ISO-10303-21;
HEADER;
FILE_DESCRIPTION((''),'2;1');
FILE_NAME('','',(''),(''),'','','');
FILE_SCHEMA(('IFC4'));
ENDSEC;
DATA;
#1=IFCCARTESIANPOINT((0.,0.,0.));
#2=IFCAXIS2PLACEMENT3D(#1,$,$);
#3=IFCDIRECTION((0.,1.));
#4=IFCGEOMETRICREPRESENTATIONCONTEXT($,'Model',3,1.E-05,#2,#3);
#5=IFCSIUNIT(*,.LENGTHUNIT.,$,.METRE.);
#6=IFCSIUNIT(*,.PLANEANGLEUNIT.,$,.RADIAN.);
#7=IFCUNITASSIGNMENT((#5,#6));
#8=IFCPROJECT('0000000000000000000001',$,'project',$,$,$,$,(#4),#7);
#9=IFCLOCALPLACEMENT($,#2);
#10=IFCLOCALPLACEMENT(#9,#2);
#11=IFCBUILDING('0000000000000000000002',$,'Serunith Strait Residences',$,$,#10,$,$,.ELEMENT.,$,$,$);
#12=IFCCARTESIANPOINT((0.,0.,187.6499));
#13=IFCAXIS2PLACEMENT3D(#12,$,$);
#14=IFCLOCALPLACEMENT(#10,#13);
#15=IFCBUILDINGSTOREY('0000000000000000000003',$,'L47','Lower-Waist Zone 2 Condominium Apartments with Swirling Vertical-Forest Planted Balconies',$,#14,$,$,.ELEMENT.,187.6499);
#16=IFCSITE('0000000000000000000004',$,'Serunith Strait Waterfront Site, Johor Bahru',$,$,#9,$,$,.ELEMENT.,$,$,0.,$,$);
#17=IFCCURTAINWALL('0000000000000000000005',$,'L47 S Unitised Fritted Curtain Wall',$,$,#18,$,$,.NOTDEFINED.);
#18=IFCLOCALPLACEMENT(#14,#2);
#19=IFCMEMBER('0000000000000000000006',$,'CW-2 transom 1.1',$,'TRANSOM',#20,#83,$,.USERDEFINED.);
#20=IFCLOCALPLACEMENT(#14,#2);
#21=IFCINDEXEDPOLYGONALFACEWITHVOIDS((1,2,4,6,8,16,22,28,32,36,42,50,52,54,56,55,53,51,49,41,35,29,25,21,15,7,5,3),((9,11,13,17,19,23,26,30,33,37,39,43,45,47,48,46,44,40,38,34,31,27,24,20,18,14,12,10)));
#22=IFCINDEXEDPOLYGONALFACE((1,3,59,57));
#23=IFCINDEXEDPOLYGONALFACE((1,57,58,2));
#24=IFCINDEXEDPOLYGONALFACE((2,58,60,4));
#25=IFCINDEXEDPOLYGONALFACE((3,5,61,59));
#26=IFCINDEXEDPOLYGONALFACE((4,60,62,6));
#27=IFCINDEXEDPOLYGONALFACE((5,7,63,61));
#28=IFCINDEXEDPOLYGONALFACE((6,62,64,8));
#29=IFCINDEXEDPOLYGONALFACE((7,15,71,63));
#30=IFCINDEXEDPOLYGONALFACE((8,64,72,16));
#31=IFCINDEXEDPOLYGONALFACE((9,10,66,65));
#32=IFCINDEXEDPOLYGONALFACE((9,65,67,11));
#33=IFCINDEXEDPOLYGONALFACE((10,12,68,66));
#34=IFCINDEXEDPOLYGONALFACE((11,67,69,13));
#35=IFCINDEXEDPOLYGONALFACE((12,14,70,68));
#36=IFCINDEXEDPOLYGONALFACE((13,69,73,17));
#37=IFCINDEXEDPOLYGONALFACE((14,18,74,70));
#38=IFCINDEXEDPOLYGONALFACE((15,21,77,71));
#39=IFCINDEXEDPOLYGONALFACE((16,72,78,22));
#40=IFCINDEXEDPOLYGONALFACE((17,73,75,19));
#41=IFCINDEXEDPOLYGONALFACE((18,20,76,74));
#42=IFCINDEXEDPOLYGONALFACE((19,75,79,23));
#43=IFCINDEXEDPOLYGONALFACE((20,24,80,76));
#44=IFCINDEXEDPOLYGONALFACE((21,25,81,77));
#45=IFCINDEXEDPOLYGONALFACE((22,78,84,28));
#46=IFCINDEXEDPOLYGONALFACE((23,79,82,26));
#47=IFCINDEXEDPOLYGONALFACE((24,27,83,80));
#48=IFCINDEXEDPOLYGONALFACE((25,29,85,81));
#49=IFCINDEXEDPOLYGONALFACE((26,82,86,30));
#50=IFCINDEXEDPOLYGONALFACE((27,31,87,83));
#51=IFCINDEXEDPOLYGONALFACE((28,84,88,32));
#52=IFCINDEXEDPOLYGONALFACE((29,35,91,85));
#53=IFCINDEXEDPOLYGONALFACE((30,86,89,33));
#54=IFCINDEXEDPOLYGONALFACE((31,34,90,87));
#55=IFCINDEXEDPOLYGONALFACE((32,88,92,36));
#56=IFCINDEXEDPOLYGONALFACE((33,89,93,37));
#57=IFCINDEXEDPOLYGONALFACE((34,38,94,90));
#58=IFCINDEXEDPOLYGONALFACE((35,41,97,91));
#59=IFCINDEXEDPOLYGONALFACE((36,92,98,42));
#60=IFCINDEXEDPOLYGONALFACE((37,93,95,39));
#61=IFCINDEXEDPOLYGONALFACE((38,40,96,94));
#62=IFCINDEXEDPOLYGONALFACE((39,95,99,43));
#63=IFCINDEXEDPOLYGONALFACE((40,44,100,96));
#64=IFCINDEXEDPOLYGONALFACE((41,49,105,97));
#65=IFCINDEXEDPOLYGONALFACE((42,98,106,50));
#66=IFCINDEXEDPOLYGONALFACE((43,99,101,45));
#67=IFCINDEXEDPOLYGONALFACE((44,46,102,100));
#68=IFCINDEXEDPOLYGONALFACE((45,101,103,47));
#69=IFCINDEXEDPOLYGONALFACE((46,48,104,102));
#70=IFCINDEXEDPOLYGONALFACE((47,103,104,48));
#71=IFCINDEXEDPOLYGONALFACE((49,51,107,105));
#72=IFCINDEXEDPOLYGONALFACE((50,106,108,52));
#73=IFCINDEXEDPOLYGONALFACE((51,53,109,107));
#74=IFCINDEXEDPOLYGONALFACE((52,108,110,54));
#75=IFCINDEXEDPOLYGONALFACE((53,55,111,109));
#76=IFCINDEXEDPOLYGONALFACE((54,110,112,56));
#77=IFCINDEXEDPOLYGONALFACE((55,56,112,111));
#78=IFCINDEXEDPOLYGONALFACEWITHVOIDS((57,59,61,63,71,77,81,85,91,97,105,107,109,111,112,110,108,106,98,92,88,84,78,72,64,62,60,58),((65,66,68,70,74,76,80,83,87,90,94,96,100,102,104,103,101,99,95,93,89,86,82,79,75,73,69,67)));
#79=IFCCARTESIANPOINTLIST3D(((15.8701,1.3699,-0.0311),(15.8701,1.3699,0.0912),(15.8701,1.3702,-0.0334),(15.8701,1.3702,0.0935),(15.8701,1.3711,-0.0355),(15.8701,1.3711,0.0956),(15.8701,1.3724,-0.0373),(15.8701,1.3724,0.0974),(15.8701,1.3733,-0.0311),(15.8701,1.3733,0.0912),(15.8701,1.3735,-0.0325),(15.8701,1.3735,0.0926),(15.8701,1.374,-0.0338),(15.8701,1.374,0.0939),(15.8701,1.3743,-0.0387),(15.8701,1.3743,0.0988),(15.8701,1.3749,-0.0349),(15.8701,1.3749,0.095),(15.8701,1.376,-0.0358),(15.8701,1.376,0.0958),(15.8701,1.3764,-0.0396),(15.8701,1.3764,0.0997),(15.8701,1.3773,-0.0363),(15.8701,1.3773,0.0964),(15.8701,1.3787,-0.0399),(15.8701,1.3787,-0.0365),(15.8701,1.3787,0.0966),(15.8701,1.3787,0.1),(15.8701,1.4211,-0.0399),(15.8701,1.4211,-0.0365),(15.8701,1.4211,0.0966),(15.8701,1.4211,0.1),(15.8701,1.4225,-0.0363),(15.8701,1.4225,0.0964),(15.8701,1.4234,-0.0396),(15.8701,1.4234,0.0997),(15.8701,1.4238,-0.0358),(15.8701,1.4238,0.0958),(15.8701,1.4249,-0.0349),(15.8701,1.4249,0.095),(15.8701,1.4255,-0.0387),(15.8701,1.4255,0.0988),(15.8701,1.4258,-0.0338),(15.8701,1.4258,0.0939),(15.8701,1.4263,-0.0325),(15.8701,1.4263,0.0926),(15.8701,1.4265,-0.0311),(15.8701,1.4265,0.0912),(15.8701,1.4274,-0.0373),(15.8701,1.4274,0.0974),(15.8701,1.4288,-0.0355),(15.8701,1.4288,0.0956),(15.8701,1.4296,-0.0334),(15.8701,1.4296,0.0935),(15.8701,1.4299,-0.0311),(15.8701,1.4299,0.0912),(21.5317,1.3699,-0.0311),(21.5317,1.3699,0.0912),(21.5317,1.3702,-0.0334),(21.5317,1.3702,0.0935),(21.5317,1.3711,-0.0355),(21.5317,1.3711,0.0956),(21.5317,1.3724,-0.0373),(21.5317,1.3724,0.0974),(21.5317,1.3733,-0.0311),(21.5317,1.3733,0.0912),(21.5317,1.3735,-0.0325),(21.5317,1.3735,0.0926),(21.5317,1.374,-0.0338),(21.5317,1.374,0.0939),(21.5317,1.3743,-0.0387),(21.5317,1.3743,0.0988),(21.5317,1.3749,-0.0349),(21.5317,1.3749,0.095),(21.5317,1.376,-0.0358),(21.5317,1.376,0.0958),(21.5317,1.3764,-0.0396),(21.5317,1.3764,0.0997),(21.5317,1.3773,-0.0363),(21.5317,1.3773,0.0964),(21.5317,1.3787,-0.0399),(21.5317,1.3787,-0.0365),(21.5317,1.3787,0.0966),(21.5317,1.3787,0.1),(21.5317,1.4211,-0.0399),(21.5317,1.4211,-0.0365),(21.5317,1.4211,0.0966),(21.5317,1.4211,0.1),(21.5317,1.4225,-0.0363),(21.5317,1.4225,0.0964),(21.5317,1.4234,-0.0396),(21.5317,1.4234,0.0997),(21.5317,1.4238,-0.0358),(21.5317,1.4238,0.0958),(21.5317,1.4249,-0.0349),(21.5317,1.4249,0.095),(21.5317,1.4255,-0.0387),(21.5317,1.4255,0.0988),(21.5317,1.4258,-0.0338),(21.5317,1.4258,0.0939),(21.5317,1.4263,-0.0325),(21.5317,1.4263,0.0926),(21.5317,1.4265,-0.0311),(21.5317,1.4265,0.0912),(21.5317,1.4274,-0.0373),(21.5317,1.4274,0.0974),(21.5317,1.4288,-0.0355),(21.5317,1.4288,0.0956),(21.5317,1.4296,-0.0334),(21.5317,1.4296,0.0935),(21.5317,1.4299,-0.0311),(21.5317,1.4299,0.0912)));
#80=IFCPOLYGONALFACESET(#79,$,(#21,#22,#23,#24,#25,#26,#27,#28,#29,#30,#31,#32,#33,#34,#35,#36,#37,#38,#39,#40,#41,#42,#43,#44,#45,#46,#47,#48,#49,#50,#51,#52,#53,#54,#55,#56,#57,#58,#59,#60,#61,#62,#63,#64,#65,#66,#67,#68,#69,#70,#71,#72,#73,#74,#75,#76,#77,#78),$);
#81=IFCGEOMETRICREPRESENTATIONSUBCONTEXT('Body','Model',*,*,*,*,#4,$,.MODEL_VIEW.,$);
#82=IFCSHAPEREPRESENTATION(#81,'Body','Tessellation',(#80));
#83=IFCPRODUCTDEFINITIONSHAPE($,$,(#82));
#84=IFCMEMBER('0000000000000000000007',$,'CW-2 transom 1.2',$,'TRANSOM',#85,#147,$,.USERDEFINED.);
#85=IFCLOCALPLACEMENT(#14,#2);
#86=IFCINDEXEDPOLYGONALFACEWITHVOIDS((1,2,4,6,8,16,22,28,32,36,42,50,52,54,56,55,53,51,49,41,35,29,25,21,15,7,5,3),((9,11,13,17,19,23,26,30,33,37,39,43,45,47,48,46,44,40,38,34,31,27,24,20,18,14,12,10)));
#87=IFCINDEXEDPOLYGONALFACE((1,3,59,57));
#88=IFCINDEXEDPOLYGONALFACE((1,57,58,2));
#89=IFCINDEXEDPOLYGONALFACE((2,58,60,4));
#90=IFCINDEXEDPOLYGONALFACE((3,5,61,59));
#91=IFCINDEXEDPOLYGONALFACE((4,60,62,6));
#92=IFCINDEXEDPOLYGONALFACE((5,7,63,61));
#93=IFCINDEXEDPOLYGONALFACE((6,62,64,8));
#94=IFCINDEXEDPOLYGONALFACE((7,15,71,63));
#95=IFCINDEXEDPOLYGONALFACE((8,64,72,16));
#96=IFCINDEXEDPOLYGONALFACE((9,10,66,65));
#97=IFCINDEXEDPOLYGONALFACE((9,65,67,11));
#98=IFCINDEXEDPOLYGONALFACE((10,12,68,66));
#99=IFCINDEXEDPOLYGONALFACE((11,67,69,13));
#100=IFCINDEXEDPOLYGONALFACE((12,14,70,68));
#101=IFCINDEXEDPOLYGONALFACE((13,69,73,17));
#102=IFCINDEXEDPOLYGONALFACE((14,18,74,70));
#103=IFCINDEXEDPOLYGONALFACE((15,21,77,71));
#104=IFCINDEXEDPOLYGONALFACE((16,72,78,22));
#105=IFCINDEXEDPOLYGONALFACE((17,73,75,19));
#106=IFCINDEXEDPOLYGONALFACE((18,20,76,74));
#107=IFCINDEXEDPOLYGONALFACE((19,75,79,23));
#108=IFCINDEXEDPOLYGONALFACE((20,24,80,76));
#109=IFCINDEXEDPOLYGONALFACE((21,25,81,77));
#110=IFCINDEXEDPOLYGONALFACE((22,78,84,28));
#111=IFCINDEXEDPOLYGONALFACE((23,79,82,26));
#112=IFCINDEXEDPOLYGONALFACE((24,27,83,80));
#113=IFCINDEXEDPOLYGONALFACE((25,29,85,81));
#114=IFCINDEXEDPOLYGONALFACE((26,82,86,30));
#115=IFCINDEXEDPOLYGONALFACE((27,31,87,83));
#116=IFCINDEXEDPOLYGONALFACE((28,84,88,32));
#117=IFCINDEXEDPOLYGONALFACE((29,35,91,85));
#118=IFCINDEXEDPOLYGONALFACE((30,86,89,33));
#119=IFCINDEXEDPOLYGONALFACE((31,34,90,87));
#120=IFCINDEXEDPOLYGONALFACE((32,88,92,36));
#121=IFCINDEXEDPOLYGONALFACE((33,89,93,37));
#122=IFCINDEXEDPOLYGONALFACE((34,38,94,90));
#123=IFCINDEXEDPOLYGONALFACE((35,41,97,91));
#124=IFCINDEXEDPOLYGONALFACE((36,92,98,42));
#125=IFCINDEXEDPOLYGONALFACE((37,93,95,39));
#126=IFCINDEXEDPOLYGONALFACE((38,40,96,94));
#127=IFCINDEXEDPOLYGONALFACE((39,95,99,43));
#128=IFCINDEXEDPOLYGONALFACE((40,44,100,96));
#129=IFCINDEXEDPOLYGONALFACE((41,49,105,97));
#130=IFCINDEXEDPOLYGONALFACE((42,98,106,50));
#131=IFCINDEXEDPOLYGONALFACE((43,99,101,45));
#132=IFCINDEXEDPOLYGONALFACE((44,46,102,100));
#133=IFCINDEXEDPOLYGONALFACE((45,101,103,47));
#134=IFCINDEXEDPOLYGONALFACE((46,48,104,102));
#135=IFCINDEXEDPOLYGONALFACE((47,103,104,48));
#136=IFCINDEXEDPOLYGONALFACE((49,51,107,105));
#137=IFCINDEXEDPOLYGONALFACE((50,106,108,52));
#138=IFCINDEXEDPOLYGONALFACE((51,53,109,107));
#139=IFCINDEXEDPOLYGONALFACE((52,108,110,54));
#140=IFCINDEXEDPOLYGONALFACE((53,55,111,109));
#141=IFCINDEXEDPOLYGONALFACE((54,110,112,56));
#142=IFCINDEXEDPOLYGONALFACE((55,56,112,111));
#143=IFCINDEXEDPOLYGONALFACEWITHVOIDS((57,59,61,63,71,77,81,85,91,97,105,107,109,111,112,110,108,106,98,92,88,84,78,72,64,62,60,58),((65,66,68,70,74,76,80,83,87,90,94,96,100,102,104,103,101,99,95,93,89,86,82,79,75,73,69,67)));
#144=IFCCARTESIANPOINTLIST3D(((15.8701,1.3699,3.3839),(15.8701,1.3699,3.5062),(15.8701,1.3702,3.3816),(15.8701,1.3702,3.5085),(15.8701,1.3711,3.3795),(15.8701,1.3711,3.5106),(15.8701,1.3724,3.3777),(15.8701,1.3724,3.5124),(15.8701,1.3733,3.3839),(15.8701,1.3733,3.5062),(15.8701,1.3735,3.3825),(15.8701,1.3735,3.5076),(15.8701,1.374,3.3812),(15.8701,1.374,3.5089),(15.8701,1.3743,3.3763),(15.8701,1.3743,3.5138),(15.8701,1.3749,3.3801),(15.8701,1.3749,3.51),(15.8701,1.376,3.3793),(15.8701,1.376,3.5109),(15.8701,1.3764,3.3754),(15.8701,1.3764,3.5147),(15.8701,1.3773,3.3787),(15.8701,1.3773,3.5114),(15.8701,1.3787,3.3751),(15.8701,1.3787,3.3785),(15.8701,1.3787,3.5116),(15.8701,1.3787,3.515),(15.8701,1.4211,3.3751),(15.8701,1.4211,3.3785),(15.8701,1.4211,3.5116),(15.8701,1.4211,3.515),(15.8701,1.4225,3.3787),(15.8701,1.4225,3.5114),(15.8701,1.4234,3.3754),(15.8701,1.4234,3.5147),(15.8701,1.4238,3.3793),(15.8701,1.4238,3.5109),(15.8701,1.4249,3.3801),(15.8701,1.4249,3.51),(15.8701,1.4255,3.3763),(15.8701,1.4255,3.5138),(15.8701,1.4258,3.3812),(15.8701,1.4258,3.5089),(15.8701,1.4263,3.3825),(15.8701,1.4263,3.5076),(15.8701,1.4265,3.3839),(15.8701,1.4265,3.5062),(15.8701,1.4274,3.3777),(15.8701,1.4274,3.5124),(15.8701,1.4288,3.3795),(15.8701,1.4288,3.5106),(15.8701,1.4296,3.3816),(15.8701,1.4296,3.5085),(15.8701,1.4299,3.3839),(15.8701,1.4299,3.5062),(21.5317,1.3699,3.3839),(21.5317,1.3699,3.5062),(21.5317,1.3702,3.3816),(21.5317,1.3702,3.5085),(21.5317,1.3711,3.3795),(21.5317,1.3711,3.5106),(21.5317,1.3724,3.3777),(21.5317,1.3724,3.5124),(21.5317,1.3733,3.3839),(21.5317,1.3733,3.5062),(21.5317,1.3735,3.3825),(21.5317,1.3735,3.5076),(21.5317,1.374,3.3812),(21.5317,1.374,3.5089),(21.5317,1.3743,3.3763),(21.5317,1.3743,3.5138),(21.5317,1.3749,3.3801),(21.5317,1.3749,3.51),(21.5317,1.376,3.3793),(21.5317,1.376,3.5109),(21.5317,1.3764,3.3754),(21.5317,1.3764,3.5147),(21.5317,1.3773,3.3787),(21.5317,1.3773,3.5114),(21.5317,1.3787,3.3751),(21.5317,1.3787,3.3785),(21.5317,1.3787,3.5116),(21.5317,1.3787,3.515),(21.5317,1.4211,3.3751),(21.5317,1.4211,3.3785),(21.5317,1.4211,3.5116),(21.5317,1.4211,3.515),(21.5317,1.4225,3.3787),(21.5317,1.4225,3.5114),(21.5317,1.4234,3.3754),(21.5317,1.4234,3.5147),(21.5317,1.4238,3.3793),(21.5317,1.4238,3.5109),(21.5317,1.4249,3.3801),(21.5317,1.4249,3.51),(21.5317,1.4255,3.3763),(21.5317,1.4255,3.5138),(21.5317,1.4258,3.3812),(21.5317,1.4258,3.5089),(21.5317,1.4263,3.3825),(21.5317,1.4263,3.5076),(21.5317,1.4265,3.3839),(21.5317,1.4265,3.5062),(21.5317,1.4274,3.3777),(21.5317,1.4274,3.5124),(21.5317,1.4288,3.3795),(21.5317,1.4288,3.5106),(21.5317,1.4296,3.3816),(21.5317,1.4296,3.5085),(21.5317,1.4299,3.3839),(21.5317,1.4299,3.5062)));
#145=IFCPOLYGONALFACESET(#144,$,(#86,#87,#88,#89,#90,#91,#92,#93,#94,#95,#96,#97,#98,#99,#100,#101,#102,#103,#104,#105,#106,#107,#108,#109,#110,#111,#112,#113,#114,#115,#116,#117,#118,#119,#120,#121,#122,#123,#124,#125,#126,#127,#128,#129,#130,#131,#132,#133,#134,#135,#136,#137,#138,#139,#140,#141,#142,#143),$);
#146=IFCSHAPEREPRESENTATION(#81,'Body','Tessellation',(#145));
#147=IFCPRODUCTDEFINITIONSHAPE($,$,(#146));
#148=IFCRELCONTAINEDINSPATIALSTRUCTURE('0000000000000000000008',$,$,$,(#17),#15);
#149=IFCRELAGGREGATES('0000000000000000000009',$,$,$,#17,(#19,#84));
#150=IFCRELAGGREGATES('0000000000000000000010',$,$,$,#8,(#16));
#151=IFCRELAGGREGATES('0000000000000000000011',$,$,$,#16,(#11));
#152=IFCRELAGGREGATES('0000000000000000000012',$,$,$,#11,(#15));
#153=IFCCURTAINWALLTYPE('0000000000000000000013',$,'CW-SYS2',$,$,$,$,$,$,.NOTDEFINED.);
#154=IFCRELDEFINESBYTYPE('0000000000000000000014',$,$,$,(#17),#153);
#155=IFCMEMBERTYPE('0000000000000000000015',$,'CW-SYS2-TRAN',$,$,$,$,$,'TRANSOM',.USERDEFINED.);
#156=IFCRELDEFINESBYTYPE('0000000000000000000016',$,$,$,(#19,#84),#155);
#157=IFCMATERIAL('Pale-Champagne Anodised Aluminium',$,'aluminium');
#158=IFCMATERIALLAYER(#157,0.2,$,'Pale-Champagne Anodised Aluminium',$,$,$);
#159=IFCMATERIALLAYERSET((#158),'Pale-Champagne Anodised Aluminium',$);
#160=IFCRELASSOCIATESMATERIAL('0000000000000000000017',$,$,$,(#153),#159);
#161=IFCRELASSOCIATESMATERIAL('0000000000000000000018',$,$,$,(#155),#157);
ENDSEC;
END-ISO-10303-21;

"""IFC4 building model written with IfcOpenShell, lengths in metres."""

from ifc_helpers import new_model, si_unit, direction, frame, origin, origin_2d, place, context, subcontext, project, spatial, hollow_rectangle, extrude, source, transform, mapped, material, layer, layer_set, material_profile, profile_set, type_object, element, aggregate, save


model = new_model("IFC4")

# Units and contexts
model_context = context("Model", 3, precision=1e-05, world=origin(), true_north=direction((0.0, 1.0)))
body_context = subcontext(model_context, "Body", "Model", "MODEL_VIEW")
ifc_project = project(units=[si_unit("LENGTHUNIT", "METRE"), si_unit("PLANEANGLEUNIT", "RADIAN")], contexts=[model_context])

# Site, building, storey
site_placement = place(None, origin())
site = spatial("IfcSite", under=ifc_project, at=site_placement, Name="Serunith Strait Waterfront Site, Johor Bahru", CompositionType="ELEMENT", RefElevation=0.0)
building_placement = place(site_placement, origin())
building = spatial("IfcBuilding", under=site, at=building_placement, Name="Serunith Strait Residences", CompositionType="ELEMENT")
storey_placement = place(building_placement, frame((0.0, 0.0, 187.6499)))
storey = spatial("IfcBuildingStorey", under=building, at=storey_placement, Name="L47", Description="Lower-Waist Zone 2 Condominium Apartments with Swirling Vertical-Forest Planted Balconies", CompositionType="ELEMENT", Elevation=187.6499)

# Curtain wall
ifc_material_1 = material(Name="Pale-Champagne Anodised Aluminium", Category="aluminium")
ifc_layer_1 = layer(ifc_material_1, 0.2, Name="Pale-Champagne Anodised Aluminium")
ifc_layer_set_1 = layer_set([ifc_layer_1], Name="Pale-Champagne Anodised Aluminium")
curtain_wall_type = type_object("IfcCurtainWallType", Name="CW-SYS2", PredefinedType="NOTDEFINED", material=ifc_layer_set_1)
curtain_wall_1_placement = place(storey_placement, origin())
curtain_wall_1 = element("IfcCurtainWall", 1, at=curtain_wall_1_placement, inside=storey, type_object=curtain_wall_type, Name="L47 S Unitised Fritted Curtain Wall", PredefinedType="NOTDEFINED")

# Members
ifc_material_profile_1 = material_profile(ifc_material_1, hollow_rectangle(XDim=0.0601, YDim=0.1399, WallThickness=0.0034, InnerFilletRadius=0.0054, OuterFilletRadius=0.0088, at=origin_2d()), Name="ALU 140x60x3.5")
ifc_profile_set_1 = profile_set([ifc_material_profile_1], Name="Pale-Champagne Anodised Aluminium")
member_type_1 = type_object("IfcMemberType", Name="CW-SYS2-TRAN", ElementType="TRANSOM", PredefinedType="USERDEFINED", material=ifc_profile_set_1)
shared_shape_1 = source(origin(), body_context, "Body", "SweptSolid", [
    extrude(hollow_rectangle(XDim=0.0601, YDim=0.1399, WallThickness=0.0034, InnerFilletRadius=0.0054, OuterFilletRadius=0.0088, at=origin_2d()), origin(), (0.0, 0.0, 1.0), 5.6616),
])
member_1_placement = place(storey_placement, frame((15.8701, 1.3999, 0.03), z_axis=(1.0, 0.0, 0.0), x_axis=(0.0, 1.0, 0.0)))
member_1 = element("IfcMember", 2, at=member_1_placement, type_object=member_type_1, Name="CW-2 transom 1.1", ObjectType="TRANSOM", PredefinedType="USERDEFINED", context=body_context, shape_type="MappedRepresentation", body=[
    mapped(shared_shape_1, transform((0.0, 0.0, 0.0), scale=1.0)),
])
member_2_placement = place(storey_placement, frame((15.8701, 1.3999, 3.4451), z_axis=(1.0, 0.0, 0.0), x_axis=(0.0, 1.0, 0.0)))
member_2 = element("IfcMember", 3, at=member_2_placement, type_object=member_type_1, Name="CW-2 transom 1.2", ObjectType="TRANSOM", PredefinedType="USERDEFINED", context=body_context, shape_type="MappedRepresentation", body=[
    mapped(shared_shape_1, transform((0.0, 0.0, 0.0), scale=1.0)),
])

aggregate(curtain_wall_1, [member_1, member_2])

save(model, "model.ifc")
